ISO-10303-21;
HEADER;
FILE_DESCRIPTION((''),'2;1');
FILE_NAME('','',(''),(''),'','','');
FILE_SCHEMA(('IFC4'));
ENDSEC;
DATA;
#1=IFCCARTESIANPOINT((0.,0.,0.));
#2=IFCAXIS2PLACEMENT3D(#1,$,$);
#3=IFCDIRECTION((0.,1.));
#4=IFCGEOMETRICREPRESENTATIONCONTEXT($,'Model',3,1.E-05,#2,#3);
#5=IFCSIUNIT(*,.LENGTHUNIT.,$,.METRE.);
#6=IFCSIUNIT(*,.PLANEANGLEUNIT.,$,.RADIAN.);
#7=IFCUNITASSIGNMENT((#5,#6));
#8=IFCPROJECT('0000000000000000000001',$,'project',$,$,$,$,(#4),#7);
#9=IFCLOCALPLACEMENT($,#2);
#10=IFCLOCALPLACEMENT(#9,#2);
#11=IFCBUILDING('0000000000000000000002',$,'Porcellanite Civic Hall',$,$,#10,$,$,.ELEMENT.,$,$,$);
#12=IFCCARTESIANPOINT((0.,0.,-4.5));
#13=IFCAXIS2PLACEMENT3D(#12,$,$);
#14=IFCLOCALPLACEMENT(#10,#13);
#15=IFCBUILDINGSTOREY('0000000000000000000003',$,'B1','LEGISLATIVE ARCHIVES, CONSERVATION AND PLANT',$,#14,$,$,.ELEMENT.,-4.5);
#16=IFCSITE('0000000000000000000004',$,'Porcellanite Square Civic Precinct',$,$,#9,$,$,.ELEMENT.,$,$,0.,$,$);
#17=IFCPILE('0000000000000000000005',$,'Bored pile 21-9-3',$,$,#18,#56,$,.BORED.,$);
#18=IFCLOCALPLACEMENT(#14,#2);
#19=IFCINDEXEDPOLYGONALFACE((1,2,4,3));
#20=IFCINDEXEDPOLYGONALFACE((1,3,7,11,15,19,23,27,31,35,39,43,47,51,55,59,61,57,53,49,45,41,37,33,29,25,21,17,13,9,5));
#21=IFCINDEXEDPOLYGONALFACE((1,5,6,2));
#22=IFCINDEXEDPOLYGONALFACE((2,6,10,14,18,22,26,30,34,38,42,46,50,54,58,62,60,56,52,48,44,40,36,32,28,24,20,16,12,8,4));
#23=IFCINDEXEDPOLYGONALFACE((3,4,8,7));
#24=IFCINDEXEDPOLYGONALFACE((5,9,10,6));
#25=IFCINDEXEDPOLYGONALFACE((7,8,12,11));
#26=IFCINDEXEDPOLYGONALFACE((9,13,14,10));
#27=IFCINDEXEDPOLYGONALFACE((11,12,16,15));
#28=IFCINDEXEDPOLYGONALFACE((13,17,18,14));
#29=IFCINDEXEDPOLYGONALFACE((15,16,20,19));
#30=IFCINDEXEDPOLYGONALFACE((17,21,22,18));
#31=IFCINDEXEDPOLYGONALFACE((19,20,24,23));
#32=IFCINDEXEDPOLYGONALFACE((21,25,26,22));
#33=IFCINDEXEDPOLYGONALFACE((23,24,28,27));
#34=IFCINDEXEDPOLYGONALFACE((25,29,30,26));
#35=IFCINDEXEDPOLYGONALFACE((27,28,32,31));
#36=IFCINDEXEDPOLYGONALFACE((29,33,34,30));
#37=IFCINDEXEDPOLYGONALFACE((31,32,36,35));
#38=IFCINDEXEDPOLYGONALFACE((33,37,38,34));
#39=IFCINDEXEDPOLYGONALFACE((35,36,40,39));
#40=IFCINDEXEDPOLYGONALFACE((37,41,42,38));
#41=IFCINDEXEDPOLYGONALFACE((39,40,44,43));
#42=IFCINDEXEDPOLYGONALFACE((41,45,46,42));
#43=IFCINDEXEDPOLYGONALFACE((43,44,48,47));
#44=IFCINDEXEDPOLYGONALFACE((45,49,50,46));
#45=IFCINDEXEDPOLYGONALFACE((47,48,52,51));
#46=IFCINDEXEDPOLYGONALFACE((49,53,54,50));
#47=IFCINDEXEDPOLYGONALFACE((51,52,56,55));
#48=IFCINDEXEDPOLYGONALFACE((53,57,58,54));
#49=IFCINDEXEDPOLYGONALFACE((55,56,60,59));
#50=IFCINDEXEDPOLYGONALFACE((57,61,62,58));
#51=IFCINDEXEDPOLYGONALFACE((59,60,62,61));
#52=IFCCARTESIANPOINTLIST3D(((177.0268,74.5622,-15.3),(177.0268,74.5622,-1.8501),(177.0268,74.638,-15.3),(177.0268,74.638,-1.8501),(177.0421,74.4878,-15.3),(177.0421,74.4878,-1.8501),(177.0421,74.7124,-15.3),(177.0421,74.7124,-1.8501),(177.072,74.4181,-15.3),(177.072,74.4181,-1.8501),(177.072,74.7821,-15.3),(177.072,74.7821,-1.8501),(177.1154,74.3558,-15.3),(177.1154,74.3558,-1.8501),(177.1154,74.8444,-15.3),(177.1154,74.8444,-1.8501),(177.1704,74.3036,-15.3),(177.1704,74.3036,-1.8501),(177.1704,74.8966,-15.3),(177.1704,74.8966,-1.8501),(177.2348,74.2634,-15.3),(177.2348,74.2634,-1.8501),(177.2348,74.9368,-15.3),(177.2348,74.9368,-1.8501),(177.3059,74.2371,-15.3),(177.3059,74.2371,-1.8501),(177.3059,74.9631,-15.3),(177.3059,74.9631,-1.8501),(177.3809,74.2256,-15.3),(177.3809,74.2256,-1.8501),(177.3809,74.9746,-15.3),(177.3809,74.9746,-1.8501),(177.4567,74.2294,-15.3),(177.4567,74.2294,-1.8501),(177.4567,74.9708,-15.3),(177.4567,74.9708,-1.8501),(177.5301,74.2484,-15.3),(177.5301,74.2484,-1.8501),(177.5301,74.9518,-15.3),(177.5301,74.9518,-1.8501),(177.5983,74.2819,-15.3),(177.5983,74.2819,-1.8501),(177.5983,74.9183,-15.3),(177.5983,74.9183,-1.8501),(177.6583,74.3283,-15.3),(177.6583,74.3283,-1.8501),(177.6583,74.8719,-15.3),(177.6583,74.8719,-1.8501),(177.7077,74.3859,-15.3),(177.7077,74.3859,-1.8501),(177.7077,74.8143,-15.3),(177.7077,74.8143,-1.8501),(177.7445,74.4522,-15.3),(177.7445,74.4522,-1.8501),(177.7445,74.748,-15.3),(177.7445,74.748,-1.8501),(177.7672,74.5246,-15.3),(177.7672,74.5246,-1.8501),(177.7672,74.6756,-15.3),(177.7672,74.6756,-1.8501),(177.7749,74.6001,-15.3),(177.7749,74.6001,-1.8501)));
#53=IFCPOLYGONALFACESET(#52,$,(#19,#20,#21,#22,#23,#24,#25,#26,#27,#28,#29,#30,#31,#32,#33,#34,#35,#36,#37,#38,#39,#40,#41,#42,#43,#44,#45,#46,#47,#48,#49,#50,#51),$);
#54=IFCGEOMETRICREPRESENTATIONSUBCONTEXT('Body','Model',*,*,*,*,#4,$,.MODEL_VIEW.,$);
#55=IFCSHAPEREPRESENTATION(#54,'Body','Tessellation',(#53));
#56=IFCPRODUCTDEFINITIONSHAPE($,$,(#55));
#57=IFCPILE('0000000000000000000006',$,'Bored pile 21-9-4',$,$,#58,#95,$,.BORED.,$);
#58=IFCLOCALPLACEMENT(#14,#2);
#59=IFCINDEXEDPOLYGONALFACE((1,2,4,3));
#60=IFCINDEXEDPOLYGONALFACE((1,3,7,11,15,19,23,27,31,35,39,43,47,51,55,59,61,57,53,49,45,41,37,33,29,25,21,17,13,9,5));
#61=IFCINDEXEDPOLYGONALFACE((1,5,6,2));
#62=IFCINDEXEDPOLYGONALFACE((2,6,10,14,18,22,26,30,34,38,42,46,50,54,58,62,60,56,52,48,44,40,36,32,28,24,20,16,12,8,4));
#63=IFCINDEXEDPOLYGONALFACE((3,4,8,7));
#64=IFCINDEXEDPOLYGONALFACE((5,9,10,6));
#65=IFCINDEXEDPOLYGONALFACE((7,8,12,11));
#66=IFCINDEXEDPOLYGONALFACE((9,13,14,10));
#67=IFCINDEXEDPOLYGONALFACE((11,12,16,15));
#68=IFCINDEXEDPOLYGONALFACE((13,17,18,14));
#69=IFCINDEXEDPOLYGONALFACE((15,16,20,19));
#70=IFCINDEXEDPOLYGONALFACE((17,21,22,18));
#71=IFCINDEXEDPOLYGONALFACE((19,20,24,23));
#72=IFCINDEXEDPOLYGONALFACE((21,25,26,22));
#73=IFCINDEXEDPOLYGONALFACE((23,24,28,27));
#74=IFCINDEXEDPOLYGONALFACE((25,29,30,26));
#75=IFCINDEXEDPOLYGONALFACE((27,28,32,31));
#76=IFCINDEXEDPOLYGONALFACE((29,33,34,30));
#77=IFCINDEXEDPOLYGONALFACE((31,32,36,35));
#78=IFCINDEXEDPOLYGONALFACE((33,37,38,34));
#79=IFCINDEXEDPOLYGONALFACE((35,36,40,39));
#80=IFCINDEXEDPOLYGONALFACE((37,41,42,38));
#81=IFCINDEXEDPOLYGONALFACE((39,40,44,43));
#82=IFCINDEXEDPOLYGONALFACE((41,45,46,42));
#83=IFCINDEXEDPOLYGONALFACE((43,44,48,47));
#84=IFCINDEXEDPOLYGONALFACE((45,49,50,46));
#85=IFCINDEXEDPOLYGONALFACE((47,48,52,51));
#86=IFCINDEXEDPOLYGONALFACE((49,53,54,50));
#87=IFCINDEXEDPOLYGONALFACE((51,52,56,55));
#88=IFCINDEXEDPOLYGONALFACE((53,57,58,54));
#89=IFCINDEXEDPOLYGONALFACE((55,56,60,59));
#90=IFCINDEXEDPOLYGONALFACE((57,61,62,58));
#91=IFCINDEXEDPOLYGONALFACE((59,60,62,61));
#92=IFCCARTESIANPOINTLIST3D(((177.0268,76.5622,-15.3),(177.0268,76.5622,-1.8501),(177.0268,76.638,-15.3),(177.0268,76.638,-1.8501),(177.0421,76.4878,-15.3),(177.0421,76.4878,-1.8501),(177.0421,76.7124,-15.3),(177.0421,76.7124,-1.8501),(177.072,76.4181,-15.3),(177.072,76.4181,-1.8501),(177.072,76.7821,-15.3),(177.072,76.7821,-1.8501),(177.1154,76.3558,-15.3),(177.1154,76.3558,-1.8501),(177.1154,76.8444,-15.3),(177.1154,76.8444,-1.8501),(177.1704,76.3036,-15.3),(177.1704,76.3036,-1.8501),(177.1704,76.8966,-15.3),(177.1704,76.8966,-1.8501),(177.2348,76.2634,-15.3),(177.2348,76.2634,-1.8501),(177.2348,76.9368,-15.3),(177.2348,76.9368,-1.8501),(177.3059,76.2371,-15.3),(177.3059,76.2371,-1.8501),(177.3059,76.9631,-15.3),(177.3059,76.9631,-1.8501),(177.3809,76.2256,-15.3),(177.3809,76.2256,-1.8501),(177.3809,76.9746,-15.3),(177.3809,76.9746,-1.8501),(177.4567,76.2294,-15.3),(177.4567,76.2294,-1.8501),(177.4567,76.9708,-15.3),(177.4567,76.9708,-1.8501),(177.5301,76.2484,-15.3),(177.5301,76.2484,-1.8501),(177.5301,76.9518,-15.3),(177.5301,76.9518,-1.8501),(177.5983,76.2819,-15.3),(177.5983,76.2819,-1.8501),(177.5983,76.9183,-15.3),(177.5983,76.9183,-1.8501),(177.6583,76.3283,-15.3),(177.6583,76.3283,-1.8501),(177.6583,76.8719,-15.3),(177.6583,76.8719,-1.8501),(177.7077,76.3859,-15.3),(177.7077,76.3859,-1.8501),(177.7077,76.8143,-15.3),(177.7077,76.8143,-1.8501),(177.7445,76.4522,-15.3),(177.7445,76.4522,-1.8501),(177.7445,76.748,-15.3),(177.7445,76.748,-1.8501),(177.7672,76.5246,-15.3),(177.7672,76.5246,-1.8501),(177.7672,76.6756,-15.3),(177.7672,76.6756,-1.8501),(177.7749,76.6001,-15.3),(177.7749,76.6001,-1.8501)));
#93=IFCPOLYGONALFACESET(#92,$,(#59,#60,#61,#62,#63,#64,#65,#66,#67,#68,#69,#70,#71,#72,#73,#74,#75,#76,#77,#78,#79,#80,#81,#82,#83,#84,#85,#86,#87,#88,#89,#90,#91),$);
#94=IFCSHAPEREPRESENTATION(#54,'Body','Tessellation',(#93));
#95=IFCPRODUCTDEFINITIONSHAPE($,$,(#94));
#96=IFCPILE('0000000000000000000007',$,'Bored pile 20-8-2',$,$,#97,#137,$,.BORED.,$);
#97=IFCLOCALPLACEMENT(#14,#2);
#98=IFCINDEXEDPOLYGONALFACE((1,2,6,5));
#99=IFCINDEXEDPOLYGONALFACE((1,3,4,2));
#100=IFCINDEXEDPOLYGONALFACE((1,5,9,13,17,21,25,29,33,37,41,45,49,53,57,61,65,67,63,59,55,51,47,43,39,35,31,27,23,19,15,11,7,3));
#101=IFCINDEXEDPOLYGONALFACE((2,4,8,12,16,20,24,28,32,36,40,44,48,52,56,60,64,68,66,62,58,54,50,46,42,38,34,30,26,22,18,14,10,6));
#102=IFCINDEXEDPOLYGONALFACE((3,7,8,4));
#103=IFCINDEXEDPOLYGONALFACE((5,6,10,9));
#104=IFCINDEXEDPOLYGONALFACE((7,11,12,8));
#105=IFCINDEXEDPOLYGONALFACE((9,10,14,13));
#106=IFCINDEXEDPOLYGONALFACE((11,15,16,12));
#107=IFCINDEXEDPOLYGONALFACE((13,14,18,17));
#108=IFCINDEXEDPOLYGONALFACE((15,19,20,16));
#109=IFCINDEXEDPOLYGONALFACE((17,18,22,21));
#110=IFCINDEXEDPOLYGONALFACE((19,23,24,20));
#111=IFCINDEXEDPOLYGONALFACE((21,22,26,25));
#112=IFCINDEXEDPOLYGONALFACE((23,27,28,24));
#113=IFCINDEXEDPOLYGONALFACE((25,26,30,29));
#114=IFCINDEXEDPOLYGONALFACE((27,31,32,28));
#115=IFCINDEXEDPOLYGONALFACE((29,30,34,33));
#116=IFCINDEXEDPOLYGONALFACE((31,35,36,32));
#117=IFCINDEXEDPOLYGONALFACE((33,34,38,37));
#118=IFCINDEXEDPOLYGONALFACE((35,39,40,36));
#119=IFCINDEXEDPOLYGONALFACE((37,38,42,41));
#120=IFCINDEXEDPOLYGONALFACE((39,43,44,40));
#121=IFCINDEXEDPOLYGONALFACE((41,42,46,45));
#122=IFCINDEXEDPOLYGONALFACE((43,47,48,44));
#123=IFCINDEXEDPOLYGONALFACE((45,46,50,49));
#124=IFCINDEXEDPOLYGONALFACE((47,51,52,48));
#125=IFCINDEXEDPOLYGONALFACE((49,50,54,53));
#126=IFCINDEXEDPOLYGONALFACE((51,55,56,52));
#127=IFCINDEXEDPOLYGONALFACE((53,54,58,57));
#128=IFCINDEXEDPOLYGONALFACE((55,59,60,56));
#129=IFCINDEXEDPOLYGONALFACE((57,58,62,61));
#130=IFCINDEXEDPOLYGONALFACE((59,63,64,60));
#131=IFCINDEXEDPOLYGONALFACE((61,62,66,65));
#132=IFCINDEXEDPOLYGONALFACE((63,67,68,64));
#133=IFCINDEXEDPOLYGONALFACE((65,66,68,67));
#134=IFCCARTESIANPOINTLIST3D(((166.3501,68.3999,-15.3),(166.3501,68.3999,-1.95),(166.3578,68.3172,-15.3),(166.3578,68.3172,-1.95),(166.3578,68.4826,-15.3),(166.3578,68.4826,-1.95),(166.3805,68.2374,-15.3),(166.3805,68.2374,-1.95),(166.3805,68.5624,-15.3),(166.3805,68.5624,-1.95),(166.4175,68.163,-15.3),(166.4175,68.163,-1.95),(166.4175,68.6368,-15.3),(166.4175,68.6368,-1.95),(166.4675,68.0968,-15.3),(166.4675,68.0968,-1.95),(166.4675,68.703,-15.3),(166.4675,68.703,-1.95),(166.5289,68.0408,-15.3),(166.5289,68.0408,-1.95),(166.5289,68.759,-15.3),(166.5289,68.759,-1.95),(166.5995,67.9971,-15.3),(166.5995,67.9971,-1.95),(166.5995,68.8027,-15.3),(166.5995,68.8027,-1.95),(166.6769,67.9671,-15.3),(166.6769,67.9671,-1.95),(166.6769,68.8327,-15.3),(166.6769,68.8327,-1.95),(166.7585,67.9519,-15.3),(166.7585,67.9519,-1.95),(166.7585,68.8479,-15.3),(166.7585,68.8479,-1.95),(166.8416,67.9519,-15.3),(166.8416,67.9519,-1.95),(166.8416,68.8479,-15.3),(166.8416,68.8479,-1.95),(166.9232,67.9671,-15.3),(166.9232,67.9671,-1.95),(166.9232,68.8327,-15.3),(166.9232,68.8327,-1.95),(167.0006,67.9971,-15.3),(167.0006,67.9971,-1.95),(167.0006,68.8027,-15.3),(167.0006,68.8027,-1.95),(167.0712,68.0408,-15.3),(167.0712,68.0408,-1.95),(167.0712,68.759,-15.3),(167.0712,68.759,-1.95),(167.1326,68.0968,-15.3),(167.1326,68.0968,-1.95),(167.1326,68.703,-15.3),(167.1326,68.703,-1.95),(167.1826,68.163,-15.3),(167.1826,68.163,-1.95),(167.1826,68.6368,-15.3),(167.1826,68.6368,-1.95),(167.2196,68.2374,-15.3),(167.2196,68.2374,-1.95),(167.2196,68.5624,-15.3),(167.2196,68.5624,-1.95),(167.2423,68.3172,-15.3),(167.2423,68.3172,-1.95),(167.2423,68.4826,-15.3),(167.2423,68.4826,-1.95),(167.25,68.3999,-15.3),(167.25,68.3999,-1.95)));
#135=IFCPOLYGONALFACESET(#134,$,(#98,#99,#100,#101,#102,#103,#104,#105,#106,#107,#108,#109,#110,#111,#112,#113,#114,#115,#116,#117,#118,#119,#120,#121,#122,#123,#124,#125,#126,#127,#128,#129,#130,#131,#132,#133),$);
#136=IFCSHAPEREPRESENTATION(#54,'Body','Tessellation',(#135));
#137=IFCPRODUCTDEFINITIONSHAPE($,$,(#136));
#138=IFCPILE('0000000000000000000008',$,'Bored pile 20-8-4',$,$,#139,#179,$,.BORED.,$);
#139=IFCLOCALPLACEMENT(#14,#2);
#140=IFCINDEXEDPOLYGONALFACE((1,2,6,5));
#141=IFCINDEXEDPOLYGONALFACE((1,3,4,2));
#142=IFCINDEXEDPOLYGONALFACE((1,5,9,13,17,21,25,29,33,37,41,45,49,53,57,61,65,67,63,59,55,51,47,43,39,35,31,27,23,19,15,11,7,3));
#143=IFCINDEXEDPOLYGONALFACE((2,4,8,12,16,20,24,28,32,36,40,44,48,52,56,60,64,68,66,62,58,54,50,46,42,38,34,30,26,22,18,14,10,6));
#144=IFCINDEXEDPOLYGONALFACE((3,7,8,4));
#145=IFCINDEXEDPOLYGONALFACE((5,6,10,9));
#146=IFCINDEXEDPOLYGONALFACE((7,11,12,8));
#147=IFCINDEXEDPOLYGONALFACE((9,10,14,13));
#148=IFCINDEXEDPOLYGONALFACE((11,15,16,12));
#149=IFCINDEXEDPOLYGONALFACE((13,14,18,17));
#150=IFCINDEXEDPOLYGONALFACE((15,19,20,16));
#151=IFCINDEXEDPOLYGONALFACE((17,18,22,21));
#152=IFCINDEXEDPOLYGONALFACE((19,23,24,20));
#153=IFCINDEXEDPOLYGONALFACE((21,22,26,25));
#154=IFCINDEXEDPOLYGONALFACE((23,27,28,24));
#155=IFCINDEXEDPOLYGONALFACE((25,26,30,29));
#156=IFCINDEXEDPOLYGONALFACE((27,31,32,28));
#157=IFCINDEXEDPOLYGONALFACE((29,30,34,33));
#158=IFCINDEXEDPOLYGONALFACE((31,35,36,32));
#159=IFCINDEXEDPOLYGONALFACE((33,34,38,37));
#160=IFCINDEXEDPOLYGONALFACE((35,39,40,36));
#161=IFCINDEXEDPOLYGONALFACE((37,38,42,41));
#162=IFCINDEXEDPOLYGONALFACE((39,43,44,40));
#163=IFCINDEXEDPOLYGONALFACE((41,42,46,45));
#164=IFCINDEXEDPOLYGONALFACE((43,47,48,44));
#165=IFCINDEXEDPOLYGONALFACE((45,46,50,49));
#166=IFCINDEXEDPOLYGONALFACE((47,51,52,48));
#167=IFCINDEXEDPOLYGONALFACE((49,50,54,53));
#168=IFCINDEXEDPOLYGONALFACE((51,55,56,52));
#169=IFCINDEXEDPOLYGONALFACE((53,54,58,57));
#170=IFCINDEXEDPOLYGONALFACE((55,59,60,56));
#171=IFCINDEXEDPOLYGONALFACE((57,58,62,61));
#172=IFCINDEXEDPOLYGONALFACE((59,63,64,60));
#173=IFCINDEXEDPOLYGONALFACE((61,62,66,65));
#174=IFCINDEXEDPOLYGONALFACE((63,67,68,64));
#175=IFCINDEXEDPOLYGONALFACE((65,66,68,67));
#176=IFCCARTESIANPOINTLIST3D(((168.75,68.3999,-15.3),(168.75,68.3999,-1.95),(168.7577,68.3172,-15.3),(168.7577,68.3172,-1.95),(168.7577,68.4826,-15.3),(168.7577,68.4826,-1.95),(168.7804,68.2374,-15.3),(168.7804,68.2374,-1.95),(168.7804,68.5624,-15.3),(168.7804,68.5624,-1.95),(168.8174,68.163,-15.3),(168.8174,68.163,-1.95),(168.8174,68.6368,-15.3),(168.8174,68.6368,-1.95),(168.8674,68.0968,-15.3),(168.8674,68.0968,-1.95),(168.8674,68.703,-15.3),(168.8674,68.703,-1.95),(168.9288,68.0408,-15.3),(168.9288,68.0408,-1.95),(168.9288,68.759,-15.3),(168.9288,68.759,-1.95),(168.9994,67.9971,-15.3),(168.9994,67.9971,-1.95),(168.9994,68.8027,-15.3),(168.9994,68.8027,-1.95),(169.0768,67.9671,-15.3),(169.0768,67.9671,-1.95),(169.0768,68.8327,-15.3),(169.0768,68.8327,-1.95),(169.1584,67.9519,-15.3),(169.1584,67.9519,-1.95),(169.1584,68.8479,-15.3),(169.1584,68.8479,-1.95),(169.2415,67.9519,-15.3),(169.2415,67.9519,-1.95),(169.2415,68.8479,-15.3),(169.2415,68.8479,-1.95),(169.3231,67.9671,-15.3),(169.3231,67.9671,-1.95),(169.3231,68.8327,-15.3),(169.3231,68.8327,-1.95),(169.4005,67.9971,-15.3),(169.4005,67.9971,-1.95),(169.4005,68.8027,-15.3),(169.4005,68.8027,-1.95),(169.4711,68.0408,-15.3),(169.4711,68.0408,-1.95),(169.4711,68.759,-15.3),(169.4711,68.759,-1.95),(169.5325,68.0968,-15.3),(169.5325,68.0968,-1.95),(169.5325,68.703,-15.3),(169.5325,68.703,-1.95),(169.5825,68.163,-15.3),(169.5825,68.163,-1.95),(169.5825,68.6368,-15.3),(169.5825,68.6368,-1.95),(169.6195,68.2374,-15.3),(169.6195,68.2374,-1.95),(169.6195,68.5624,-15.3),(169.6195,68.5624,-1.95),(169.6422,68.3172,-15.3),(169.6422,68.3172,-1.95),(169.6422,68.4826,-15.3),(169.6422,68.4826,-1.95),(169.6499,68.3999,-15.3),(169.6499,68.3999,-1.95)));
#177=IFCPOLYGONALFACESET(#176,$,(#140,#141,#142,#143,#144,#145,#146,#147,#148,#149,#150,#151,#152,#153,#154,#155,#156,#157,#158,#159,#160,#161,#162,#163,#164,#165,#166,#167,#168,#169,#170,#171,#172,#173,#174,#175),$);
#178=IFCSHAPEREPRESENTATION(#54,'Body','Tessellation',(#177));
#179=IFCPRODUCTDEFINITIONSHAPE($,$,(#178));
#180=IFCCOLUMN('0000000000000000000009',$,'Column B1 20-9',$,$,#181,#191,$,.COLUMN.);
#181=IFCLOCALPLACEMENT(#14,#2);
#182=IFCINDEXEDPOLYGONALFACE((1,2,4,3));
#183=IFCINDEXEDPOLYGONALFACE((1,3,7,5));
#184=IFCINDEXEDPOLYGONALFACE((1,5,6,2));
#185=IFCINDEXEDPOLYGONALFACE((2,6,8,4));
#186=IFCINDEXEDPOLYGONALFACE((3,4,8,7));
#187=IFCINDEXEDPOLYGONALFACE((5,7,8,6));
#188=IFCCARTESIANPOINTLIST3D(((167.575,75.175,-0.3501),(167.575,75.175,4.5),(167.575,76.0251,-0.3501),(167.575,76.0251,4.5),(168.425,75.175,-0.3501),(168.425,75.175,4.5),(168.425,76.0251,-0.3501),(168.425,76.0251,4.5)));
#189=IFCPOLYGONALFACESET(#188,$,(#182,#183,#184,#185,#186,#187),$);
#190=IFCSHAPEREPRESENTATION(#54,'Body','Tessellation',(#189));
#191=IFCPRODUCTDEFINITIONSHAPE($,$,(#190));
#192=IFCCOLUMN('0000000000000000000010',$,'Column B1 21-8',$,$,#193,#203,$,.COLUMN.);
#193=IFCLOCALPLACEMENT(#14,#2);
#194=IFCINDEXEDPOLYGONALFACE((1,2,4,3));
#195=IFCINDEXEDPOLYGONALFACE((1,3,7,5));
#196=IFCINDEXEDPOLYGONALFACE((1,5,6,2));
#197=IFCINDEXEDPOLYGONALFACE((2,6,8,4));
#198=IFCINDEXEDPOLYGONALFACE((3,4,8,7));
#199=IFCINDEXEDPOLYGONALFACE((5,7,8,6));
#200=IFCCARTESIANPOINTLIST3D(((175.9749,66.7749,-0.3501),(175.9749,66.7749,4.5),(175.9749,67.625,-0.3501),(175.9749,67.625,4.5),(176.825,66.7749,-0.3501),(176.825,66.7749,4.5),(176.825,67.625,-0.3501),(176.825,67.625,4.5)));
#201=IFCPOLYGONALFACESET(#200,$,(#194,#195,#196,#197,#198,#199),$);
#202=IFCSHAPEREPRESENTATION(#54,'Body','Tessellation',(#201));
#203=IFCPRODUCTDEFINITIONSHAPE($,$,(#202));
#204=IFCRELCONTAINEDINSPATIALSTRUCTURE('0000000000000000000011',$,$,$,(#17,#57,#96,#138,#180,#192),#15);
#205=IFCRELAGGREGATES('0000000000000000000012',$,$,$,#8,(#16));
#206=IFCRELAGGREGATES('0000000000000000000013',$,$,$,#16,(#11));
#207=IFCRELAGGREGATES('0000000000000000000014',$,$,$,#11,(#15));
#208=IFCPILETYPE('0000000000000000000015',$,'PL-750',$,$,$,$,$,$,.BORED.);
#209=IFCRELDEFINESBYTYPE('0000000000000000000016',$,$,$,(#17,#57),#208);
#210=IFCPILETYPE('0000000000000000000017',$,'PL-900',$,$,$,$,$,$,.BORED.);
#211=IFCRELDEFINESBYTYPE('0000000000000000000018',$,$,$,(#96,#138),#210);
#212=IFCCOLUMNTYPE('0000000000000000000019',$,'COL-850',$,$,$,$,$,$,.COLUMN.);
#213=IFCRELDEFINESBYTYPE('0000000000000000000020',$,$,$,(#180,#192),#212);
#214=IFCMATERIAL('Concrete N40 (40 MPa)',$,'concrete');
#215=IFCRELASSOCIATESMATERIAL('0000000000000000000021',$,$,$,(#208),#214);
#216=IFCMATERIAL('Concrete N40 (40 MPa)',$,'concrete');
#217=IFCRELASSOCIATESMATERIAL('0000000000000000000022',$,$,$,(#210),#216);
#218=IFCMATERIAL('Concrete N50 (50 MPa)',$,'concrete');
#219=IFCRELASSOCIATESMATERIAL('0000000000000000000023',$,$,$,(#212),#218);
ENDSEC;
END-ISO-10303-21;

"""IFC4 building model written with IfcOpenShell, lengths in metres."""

from ifc_helpers import new_model, si_unit, direction, frame, origin, origin_2d, place, context, subcontext, project, spatial, rectangle, circle, extrude, material, material_profile, profile_set, type_object, element, save


model = new_model("IFC4")

# Units and contexts
model_context = context("Model", 3, precision=1e-05, world=origin(), true_north=direction((0.0, 1.0)))
body_context = subcontext(model_context, "Body", "Model", "MODEL_VIEW")
ifc_project = project(units=[si_unit("LENGTHUNIT", "METRE"), si_unit("PLANEANGLEUNIT", "RADIAN")], contexts=[model_context])

# Site, building, storey
site_placement = place(None, origin())
site = spatial("IfcSite", under=ifc_project, at=site_placement, Name="Porcellanite Square Civic Precinct", CompositionType="ELEMENT", RefElevation=0.0)
building_placement = place(site_placement, origin())
building = spatial("IfcBuilding", under=site, at=building_placement, Name="Porcellanite Civic Hall", CompositionType="ELEMENT")
storey_placement = place(building_placement, frame((0.0, 0.0, -4.5)))
storey = spatial("IfcBuildingStorey", under=building, at=storey_placement, Name="B1", Description="LEGISLATIVE ARCHIVES, CONSERVATION AND PLANT", CompositionType="ELEMENT", Elevation=-4.5)

# Piles
ifc_material_1 = material(Name="Concrete N40 (40 MPa)", Category="concrete")
ifc_material_profile_1 = material_profile(ifc_material_1, circle(Radius=0.375, at=origin_2d()), Name="PILE-D750")
ifc_profile_set_1 = profile_set([ifc_material_profile_1], Name="Concrete N40 (40 MPa)")
pile_type_1 = type_object("IfcPileType", Name="PL-750", PredefinedType="BORED", material=ifc_profile_set_1)
for number, where, z_axis, x_axis, name in (
    (1, (177.3999, 74.6001, -1.8501), (0.0, 0.0, -1.0), (1.0, 0.0, 0.0), "Bored pile 21-9-3"),
    (2, (177.3999, 76.6001, -1.8501), (0.0, 0.0, -1.0), (1.0, 0.0, 0.0), "Bored pile 21-9-4"),
):
    element("IfcPile", number, at=place(storey_placement, frame(where, z_axis=z_axis, x_axis=x_axis)), inside=storey, type_object=pile_type_1, Name=name, PredefinedType="BORED", context=body_context, shape_type="SweptSolid", body=[
        extrude(circle(Radius=0.375, at=origin_2d()), origin(), (0.0, 0.0, 1.0), 13.45),
    ])
ifc_material_2 = material(Name="Concrete N40 (40 MPa)", Category="concrete")
ifc_material_profile_2 = material_profile(ifc_material_2, circle(Radius=0.45, at=origin_2d()), Name="PILE-D900")
ifc_profile_set_2 = profile_set([ifc_material_profile_2], Name="Concrete N40 (40 MPa)")
pile_type_2 = type_object("IfcPileType", Name="PL-900", PredefinedType="BORED", material=ifc_profile_set_2)
for number, where, z_axis, x_axis, name in (
    (3, (166.8, 68.3999, -1.95), (0.0, 0.0, -1.0), (1.0, 0.0, 0.0), "Bored pile 20-8-2"),
    (4, (169.2, 68.3999, -1.95), (0.0, 0.0, -1.0), (1.0, 0.0, 0.0), "Bored pile 20-8-4"),
):
    element("IfcPile", number, at=place(storey_placement, frame(where, z_axis=z_axis, x_axis=x_axis)), inside=storey, type_object=pile_type_2, Name=name, PredefinedType="BORED", context=body_context, shape_type="SweptSolid", body=[
        extrude(circle(Radius=0.45, at=origin_2d()), origin(), (0.0, 0.0, 1.0), 13.3501),
    ])

# Columns
ifc_material_3 = material(Name="Concrete N50 (50 MPa)", Category="concrete")
ifc_material_profile_3 = material_profile(ifc_material_3, rectangle(XDim=0.8501, YDim=0.8501, at=origin_2d()), Name="RC-850x850")
ifc_profile_set_3 = profile_set([ifc_material_profile_3], Name="Concrete N50 (50 MPa)")
column_type = type_object("IfcColumnType", Name="COL-850", PredefinedType="COLUMN", material=ifc_profile_set_3)
for number, where, z_axis, x_axis, name in (
    (5, (168.0, 75.6001, -0.3501), (0.0, 0.0, 1.0), (1.0, 0.0, 0.0), "Column B1 20-9"),
    (6, (176.3999, 67.2, -0.3501), (0.0, 0.0, 1.0), (1.0, 0.0, 0.0), "Column B1 21-8"),
):
    element("IfcColumn", number, at=place(storey_placement, frame(where, z_axis=z_axis, x_axis=x_axis)), inside=storey, type_object=column_type, Name=name, PredefinedType="COLUMN", context=body_context, shape_type="SweptSolid", body=[
        extrude(rectangle(XDim=0.8501, YDim=0.8501, at=origin_2d()), origin(), (0.0, 0.0, 1.0), 4.8501),
    ])

save(model, "model.ifc")
